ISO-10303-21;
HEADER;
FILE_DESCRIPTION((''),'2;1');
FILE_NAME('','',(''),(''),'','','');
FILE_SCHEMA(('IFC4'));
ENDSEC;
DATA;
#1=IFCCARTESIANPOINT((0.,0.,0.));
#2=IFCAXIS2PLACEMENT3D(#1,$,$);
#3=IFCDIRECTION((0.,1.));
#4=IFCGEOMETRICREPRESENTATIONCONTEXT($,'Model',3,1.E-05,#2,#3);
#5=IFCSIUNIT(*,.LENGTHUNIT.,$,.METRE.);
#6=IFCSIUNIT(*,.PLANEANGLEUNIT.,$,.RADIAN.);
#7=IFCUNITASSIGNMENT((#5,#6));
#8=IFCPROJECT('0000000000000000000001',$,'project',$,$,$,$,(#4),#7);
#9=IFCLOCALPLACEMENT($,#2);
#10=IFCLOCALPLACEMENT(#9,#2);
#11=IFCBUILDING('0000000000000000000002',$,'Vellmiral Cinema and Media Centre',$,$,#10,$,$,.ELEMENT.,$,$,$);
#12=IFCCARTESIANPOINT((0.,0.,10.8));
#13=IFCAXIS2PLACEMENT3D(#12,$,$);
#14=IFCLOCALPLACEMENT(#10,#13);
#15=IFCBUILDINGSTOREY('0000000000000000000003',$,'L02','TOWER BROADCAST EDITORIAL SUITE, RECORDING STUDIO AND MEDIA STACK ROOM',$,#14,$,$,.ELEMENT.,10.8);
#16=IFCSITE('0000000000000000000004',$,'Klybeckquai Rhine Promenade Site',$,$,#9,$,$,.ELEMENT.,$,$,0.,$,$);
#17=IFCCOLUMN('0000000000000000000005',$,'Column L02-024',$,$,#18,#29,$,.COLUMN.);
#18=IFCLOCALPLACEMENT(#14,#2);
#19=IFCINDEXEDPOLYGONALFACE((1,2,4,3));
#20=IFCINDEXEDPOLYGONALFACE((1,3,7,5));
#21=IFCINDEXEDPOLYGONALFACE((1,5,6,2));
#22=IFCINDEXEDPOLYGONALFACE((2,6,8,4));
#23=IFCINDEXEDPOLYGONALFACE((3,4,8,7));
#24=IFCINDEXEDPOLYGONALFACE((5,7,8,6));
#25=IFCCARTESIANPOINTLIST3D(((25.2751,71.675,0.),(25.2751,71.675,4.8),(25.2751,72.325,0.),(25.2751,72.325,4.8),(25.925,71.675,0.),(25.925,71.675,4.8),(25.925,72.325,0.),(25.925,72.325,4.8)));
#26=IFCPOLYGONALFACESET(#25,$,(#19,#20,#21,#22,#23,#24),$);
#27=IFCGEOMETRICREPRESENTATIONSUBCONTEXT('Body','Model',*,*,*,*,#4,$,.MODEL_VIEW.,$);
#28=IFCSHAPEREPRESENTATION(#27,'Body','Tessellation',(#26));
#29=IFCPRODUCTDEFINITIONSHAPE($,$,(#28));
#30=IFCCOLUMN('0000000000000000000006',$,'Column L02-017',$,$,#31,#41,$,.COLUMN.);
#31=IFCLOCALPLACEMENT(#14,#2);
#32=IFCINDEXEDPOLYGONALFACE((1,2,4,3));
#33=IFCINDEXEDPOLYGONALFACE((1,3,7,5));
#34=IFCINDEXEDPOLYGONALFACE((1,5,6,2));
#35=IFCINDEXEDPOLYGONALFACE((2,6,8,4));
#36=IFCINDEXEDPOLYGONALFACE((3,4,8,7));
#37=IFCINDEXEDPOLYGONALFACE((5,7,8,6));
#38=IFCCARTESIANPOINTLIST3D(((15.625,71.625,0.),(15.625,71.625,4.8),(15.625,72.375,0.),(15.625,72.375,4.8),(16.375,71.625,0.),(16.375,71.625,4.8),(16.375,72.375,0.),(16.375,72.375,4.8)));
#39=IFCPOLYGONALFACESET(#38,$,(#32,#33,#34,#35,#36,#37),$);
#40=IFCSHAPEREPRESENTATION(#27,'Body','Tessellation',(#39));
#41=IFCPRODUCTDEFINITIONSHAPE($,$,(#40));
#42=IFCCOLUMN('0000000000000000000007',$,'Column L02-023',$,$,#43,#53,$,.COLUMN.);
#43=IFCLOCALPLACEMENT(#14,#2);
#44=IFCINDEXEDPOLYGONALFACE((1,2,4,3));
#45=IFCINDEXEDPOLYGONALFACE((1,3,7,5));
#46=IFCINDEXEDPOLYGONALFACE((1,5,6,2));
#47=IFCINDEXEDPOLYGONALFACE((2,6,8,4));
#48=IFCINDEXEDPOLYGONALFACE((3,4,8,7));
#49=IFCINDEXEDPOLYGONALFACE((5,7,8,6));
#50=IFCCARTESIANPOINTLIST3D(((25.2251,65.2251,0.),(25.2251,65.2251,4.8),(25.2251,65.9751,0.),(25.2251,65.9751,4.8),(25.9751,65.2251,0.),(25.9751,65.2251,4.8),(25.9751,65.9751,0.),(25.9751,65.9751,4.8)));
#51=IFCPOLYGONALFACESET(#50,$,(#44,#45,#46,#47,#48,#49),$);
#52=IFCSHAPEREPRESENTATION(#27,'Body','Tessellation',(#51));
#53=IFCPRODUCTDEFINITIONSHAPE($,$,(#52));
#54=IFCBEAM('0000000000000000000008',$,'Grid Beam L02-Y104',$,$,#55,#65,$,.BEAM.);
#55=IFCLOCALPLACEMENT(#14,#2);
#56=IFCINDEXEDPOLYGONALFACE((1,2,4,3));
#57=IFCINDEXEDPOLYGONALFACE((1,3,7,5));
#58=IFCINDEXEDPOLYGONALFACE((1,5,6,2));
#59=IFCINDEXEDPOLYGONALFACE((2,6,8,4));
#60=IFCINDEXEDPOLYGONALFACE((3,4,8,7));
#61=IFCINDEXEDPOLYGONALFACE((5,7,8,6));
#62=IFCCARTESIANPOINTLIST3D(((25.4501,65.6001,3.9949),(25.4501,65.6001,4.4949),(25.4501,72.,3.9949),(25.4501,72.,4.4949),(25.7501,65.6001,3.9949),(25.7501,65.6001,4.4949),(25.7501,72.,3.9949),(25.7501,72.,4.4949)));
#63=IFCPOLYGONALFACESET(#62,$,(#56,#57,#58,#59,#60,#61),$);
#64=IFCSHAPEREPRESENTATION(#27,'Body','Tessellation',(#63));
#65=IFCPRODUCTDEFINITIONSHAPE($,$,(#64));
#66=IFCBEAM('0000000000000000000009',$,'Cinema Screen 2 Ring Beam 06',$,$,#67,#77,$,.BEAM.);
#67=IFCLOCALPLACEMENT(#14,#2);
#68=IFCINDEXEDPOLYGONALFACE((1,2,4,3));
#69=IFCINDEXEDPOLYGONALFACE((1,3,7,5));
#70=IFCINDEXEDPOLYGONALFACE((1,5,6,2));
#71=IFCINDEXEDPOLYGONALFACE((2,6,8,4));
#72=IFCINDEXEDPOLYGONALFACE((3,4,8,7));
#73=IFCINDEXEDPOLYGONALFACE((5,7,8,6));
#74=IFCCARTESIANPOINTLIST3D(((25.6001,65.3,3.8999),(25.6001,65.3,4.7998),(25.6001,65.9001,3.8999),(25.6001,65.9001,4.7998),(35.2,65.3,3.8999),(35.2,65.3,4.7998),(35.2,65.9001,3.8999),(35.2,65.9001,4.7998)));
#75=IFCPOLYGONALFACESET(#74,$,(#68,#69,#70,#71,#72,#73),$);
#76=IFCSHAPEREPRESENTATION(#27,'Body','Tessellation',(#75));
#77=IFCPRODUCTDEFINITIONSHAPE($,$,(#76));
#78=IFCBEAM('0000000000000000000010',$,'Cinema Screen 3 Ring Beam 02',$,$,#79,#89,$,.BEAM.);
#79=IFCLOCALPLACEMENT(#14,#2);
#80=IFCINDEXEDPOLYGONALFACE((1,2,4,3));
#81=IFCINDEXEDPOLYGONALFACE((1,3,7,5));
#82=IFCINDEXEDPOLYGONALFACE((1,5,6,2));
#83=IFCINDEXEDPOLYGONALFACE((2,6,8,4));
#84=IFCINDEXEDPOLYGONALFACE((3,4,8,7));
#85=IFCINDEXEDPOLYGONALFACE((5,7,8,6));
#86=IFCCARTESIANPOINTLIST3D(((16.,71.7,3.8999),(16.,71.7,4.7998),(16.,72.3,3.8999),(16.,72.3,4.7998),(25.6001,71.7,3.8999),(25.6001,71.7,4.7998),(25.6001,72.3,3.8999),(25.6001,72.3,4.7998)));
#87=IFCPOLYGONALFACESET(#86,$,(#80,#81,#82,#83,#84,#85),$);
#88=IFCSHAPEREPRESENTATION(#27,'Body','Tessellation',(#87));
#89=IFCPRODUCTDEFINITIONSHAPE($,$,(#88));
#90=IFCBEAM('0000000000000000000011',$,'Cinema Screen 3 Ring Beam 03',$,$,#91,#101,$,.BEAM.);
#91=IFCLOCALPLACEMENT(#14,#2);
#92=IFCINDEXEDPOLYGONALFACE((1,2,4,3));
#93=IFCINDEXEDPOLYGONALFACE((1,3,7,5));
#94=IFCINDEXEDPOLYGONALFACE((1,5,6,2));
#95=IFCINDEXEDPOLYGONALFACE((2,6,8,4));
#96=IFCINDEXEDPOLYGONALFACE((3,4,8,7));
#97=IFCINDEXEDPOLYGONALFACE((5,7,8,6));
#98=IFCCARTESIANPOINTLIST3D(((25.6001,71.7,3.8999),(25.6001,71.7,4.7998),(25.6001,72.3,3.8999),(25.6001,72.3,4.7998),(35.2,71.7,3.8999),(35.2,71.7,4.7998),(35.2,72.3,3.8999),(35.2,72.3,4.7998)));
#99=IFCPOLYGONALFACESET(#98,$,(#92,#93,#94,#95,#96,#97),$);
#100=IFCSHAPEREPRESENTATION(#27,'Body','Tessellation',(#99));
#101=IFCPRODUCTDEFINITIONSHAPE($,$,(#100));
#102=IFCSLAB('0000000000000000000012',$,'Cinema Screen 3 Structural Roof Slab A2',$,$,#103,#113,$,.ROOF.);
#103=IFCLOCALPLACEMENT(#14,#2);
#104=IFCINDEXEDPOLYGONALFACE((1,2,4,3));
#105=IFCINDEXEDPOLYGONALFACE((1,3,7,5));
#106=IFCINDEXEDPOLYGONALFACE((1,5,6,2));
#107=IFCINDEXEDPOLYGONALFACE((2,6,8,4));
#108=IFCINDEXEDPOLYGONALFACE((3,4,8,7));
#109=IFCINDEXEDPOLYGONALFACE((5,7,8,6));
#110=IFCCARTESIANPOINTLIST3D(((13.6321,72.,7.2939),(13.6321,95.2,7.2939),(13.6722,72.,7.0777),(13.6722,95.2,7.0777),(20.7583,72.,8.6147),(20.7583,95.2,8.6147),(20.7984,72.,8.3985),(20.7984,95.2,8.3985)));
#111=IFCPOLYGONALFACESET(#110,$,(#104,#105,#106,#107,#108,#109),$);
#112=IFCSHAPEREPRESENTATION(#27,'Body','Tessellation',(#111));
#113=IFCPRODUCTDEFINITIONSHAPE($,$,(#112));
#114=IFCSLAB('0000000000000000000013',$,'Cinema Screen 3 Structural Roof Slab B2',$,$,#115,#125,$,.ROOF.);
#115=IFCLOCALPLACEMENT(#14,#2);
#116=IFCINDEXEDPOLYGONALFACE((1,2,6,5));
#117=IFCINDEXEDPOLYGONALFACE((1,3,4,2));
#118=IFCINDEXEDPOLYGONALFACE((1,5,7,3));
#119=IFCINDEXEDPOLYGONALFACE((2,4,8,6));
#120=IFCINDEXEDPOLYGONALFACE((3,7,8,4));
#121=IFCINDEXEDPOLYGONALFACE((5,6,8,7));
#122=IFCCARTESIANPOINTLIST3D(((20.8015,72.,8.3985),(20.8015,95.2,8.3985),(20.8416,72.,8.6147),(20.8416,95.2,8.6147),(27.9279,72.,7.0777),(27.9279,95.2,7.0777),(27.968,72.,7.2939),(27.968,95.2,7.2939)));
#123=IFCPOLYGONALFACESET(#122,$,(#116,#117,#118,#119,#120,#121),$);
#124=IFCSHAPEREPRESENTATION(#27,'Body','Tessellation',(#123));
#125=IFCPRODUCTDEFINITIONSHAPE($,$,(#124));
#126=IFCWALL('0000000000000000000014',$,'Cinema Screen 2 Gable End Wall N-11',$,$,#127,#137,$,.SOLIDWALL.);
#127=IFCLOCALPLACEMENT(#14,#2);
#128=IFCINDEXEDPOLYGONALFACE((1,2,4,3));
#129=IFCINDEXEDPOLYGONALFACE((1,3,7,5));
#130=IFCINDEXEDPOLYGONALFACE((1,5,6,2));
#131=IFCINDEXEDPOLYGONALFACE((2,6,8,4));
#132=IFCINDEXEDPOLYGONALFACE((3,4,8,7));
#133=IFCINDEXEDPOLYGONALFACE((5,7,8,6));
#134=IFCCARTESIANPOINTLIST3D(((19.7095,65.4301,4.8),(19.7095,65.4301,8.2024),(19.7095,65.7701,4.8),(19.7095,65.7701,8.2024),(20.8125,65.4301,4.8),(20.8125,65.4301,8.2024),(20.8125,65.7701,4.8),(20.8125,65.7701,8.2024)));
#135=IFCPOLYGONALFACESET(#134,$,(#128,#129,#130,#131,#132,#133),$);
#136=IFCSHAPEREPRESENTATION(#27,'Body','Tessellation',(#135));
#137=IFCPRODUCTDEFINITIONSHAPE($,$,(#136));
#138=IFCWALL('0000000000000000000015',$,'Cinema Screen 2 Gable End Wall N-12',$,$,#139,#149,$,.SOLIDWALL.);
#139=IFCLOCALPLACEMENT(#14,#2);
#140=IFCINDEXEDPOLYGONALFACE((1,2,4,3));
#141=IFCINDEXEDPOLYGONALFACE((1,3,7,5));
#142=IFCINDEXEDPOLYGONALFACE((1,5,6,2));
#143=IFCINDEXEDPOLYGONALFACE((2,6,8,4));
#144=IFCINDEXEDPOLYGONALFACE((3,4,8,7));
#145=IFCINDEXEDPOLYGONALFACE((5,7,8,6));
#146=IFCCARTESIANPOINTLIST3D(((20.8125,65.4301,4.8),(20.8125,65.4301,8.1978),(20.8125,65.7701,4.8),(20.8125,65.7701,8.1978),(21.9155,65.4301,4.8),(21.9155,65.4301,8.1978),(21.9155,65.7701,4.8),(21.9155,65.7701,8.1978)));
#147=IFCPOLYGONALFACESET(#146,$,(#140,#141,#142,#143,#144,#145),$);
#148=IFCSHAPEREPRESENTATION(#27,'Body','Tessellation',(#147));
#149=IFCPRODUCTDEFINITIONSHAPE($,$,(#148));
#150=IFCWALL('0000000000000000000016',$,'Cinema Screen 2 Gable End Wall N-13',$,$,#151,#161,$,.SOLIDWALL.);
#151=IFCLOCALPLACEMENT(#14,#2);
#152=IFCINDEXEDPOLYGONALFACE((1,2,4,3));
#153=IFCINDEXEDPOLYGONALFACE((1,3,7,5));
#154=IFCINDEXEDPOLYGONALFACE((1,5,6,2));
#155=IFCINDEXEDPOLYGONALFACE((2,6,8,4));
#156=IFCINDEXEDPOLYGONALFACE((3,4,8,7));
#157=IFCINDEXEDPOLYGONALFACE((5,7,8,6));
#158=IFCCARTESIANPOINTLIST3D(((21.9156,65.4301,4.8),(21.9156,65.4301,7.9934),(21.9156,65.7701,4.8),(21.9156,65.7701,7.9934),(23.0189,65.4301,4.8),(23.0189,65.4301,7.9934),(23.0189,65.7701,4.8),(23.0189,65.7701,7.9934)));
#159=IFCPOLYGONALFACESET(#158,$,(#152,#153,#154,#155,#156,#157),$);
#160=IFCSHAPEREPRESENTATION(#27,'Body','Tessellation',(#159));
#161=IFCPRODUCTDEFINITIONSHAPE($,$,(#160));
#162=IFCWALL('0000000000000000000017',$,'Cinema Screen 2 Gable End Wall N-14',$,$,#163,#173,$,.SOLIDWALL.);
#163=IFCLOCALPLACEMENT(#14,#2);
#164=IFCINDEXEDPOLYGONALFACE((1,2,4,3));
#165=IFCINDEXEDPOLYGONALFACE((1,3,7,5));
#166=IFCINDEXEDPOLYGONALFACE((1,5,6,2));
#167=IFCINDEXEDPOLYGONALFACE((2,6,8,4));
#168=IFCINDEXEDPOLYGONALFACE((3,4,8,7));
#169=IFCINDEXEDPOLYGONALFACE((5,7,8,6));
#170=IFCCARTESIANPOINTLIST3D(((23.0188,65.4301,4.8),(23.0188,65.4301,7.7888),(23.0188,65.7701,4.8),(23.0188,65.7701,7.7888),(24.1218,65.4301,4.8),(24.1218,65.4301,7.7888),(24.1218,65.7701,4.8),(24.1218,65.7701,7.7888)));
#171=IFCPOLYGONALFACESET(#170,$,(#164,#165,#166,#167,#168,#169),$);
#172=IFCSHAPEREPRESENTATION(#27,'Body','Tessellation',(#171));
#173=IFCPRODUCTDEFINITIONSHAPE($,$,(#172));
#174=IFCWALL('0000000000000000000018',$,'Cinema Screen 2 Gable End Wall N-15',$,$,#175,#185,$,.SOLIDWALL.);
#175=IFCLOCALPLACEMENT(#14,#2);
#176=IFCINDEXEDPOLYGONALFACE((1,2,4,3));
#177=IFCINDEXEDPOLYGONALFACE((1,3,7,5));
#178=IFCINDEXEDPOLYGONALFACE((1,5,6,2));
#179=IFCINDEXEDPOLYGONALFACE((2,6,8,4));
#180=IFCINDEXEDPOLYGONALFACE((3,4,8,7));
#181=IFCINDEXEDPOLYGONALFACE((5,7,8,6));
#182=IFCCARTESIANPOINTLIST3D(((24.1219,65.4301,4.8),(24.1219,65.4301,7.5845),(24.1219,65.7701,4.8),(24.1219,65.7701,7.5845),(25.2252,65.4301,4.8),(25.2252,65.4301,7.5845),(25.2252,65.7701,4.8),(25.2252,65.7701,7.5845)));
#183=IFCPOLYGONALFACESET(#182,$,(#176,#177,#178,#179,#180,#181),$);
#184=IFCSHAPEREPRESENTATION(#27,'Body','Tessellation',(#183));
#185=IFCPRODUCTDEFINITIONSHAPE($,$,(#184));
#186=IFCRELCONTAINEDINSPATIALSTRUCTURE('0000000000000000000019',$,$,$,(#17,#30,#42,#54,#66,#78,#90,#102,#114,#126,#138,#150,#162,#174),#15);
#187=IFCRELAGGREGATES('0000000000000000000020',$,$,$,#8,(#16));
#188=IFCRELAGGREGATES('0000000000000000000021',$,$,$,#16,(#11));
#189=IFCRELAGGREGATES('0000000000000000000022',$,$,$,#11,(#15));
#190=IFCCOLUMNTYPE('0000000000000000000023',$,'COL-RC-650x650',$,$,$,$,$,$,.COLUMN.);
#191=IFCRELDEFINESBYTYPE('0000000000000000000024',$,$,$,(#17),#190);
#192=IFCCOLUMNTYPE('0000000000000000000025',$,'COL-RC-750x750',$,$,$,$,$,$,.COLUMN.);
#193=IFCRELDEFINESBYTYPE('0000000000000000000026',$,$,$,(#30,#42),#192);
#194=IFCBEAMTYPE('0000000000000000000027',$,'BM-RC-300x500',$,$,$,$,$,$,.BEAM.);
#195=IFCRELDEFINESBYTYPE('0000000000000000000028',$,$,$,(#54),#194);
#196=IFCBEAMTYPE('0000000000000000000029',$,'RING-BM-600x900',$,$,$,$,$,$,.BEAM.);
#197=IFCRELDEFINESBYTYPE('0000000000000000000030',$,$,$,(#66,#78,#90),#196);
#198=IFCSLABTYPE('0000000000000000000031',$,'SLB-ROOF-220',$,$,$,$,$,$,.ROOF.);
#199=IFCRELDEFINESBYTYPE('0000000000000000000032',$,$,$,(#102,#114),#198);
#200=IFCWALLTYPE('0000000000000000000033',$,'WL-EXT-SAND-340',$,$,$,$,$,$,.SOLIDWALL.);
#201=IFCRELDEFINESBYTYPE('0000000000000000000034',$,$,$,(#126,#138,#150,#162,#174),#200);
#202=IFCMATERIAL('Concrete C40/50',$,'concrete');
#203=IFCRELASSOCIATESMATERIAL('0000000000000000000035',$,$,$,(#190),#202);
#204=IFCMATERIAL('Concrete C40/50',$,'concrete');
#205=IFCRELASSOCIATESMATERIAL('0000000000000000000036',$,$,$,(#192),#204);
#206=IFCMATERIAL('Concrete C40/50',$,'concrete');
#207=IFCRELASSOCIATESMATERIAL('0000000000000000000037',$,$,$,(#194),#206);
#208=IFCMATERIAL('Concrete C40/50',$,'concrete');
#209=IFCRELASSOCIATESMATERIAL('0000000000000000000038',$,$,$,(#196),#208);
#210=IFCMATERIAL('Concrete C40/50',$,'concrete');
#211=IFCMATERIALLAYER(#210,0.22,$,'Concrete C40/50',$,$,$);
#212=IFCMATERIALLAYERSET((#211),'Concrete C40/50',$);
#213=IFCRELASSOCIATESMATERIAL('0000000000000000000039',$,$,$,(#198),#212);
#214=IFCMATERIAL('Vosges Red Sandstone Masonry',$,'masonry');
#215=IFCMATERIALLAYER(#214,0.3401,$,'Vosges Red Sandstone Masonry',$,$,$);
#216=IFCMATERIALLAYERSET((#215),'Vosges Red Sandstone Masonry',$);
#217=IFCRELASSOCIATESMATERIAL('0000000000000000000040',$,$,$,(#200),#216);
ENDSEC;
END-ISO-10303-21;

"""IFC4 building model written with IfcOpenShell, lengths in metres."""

from ifc_helpers import new_model, si_unit, direction, frame, frame_2d, origin, origin_2d, place, context, subcontext, project, spatial, polyline, rectangle, outline, extrude, material, layer, layer_set, material_profile, profile_set, type_object, element, save


model = new_model("IFC4")

# Units and contexts
model_context = context("Model", 3, precision=1e-05, world=origin(), true_north=direction((0.0, 1.0)))
body_context = subcontext(model_context, "Body", "Model", "MODEL_VIEW")
ifc_project = project(units=[si_unit("LENGTHUNIT", "METRE"), si_unit("PLANEANGLEUNIT", "RADIAN")], contexts=[model_context])

# Site, building, storey
site_placement = place(None, origin())
site = spatial("IfcSite", under=ifc_project, at=site_placement, Name="Klybeckquai Rhine Promenade Site", CompositionType="ELEMENT", RefElevation=0.0)
building_placement = place(site_placement, origin())
building = spatial("IfcBuilding", under=site, at=building_placement, Name="Vellmiral Cinema and Media Centre", CompositionType="ELEMENT")
storey_placement = place(building_placement, frame((0.0, 0.0, 10.8)))
storey = spatial("IfcBuildingStorey", under=building, at=storey_placement, Name="L02", Description="TOWER BROADCAST EDITORIAL SUITE, RECORDING STUDIO AND MEDIA STACK ROOM", CompositionType="ELEMENT", Elevation=10.8)

# Columns
ifc_material_1 = material(Name="Concrete C40/50", Category="concrete")
ifc_material_profile_1 = material_profile(ifc_material_1, rectangle(XDim=0.6499, YDim=0.6499, at=origin_2d()), Name="RC 650x650")
ifc_profile_set_1 = profile_set([ifc_material_profile_1], Name="Concrete C40/50")
column_type_1 = type_object("IfcColumnType", Name="COL-RC-650x650", PredefinedType="COLUMN", material=ifc_profile_set_1)
column_placement = place(storey_placement, frame((25.6001, 72.0, 0.0), z_axis=(0.0, 0.0, 1.0), x_axis=(1.0, 0.0, 0.0)))
element("IfcColumn", 1, at=column_placement, inside=storey, type_object=column_type_1, Name="Column L02-024", PredefinedType="COLUMN", context=body_context, shape_type="SweptSolid", body=[
    extrude(rectangle(XDim=0.6499, YDim=0.6499, at=origin_2d()), origin(), (0.0, 0.0, 1.0), 4.8),
])
ifc_material_2 = material(Name="Concrete C40/50", Category="concrete")
ifc_material_profile_2 = material_profile(ifc_material_2, rectangle(XDim=0.75, YDim=0.75, at=origin_2d()), Name="RC 750x750")
ifc_profile_set_2 = profile_set([ifc_material_profile_2], Name="Concrete C40/50")
column_type_2 = type_object("IfcColumnType", Name="COL-RC-750x750", PredefinedType="COLUMN", material=ifc_profile_set_2)
for number, where, z_axis, x_axis, name in (
    (2, (16.0, 72.0, 0.0), (0.0, 0.0, 1.0), (1.0, 0.0, 0.0), "Column L02-017"),
    (3, (25.6001, 65.6001, 0.0), (0.0, 0.0, 1.0), (1.0, 0.0, 0.0), "Column L02-023"),
):
    element("IfcColumn", number, at=place(storey_placement, frame(where, z_axis=z_axis, x_axis=x_axis)), inside=storey, type_object=column_type_2, Name=name, PredefinedType="COLUMN", context=body_context, shape_type="SweptSolid", body=[
        extrude(rectangle(XDim=0.75, YDim=0.75, at=origin_2d()), origin(), (0.0, 0.0, 1.0), 4.8),
    ])

# Beams
ifc_material_3 = material(Name="Concrete C40/50", Category="concrete")
ifc_material_profile_3 = material_profile(ifc_material_3, rectangle(XDim=0.3, YDim=0.5, at=origin_2d()), Name="RC 300x500")
ifc_profile_set_3 = profile_set([ifc_material_profile_3], Name="Concrete C40/50")
beam_type_1 = type_object("IfcBeamType", Name="BM-RC-300x500", PredefinedType="BEAM", material=ifc_profile_set_3)
beam_1_placement = place(storey_placement, frame((25.6001, 65.6001, 4.2449), z_axis=(0.0, 1.0, 0.0), x_axis=(-1.0, 0.0, 0.0)))
element("IfcBeam", 4, at=beam_1_placement, inside=storey, type_object=beam_type_1, Name="Grid Beam L02-Y104", PredefinedType="BEAM", context=body_context, shape_type="SweptSolid", body=[
    extrude(rectangle(XDim=0.3, YDim=0.5, at=origin_2d()), origin(), (0.0, 0.0, 1.0), 6.3999),
])
ifc_material_4 = material(Name="Concrete C40/50", Category="concrete")
ifc_material_profile_4 = material_profile(ifc_material_4, rectangle(XDim=0.6001, YDim=0.8999, at=origin_2d()), Name="RC 600x900")
ifc_profile_set_4 = profile_set([ifc_material_profile_4], Name="Concrete C40/50")
beam_type_2 = type_object("IfcBeamType", Name="RING-BM-600x900", PredefinedType="BEAM", material=ifc_profile_set_4)
beam_2_placement = place(storey_placement, frame((25.6001, 65.6001, 4.3499), z_axis=(1.0, 0.0, 0.0), x_axis=(0.0, 1.0, 0.0)))
element("IfcBeam", 5, at=beam_2_placement, inside=storey, type_object=beam_type_2, Name="Cinema Screen 2 Ring Beam 06", PredefinedType="BEAM", context=body_context, shape_type="SweptSolid", body=[
    extrude(rectangle(XDim=0.6001, YDim=0.8999, at=origin_2d()), origin(), (0.0, 0.0, 1.0), 9.5999),
])
beam_3_placement = place(storey_placement, frame((16.0, 72.0, 4.3499), z_axis=(1.0, 0.0, 0.0), x_axis=(0.0, 1.0, 0.0)))
element("IfcBeam", 6, at=beam_3_placement, inside=storey, type_object=beam_type_2, Name="Cinema Screen 3 Ring Beam 02", PredefinedType="BEAM", context=body_context, shape_type="SweptSolid", body=[
    extrude(rectangle(XDim=0.6001, YDim=0.8999, at=origin_2d()), origin(), (0.0, 0.0, 1.0), 9.6001),
])
beam_4_placement = place(storey_placement, frame((25.6001, 72.0, 4.3499), z_axis=(1.0, 0.0, 0.0), x_axis=(0.0, 1.0, 0.0)))
element("IfcBeam", 7, at=beam_4_placement, inside=storey, type_object=beam_type_2, Name="Cinema Screen 3 Ring Beam 03", PredefinedType="BEAM", context=body_context, shape_type="SweptSolid", body=[
    extrude(rectangle(XDim=0.6001, YDim=0.8999, at=origin_2d()), origin(), (0.0, 0.0, 1.0), 9.5999),
])

# Slabs
ifc_material_5 = material(Name="Concrete C40/50", Category="concrete")
ifc_layer_1 = layer(ifc_material_5, 0.22, Name="Concrete C40/50")
ifc_layer_set_1 = layer_set([ifc_layer_1], Name="Concrete C40/50")
slab_type = type_object("IfcSlabType", Name="SLB-ROOF-220", PredefinedType="ROOF", material=ifc_layer_set_1)
slab_1_placement = place(storey_placement, frame((13.6321, 72.0, 7.2939), z_axis=(-0.18224, 0.0, 0.983254), x_axis=(0.983254, 0.0, 0.18224)))
element("IfcSlab", 8, at=slab_1_placement, inside=storey, type_object=slab_type, Name="Cinema Screen 3 Structural Roof Slab A2", PredefinedType="ROOF", context=body_context, shape_type="SweptSolid", body=[
    extrude(outline(polyline([(0.0, 0.0), (7.2476, 0.0), (7.2476, 23.2), (0.0, 23.2), (0.0, 0.0)])), origin(), (0.0, 0.0, -1.0), 0.22),
])
slab_2_placement = place(storey_placement, frame((20.8416, 72.0, 8.6147), z_axis=(0.182234, 0.0, 0.983255), x_axis=(0.983255, 0.0, -0.182234)))
element("IfcSlab", 9, at=slab_2_placement, inside=storey, type_object=slab_type, Name="Cinema Screen 3 Structural Roof Slab B2", PredefinedType="ROOF", context=body_context, shape_type="SweptSolid", body=[
    extrude(outline(polyline([(0.0, 0.0), (7.2478, 0.0), (7.2478, 23.2), (0.0, 23.2), (0.0, 0.0)])), origin(), (0.0, 0.0, -1.0), 0.22),
])

# Walls
ifc_material_6 = material(Name="Vosges Red Sandstone Masonry", Category="masonry")
ifc_layer_2 = layer(ifc_material_6, 0.3401, Name="Vosges Red Sandstone Masonry")
ifc_layer_set_2 = layer_set([ifc_layer_2], Name="Vosges Red Sandstone Masonry")
wall_type = type_object("IfcWallType", Name="WL-EXT-SAND-340", PredefinedType="SOLIDWALL", material=ifc_layer_set_2)
wall_1_placement = place(storey_placement, frame((19.7095, 65.6001, 4.8), z_axis=(0.0, 0.0, 1.0), x_axis=(1.0, 0.0, 0.0)))
element("IfcWall", 10, at=wall_1_placement, inside=storey, type_object=wall_type, Name="Cinema Screen 2 Gable End Wall N-11", PredefinedType="SOLIDWALL", context=body_context, shape_type="SweptSolid", body=[
    extrude(rectangle(XDim=1.103, YDim=0.3401, at=frame_2d((0.5515, 0.0))), origin(), (0.0, 0.0, 1.0), 3.4023),
])
wall_2_placement = place(storey_placement, frame((20.8125, 65.6001, 4.8), z_axis=(0.0, 0.0, 1.0), x_axis=(1.0, 0.0, 0.0)))
element("IfcWall", 11, at=wall_2_placement, inside=storey, type_object=wall_type, Name="Cinema Screen 2 Gable End Wall N-12", PredefinedType="SOLIDWALL", context=body_context, shape_type="SweptSolid", body=[
    extrude(rectangle(XDim=1.103, YDim=0.3401, at=frame_2d((0.5515, 0.0))), origin(), (0.0, 0.0, 1.0), 3.3977),
])
wall_3_placement = place(storey_placement, frame((21.9155, 65.6001, 4.8), z_axis=(0.0, 0.0, 1.0), x_axis=(1.0, 0.0, 0.0)))
element("IfcWall", 12, at=wall_3_placement, inside=storey, type_object=wall_type, Name="Cinema Screen 2 Gable End Wall N-13", PredefinedType="SOLIDWALL", context=body_context, shape_type="SweptSolid", body=[
    extrude(rectangle(XDim=1.1033, YDim=0.3401, at=frame_2d((0.5518, 0.0))), origin(), (0.0, 0.0, 1.0), 3.1934),
])
wall_4_placement = place(storey_placement, frame((23.0188, 65.6001, 4.8), z_axis=(0.0, 0.0, 1.0), x_axis=(1.0, 0.0, 0.0)))
element("IfcWall", 13, at=wall_4_placement, inside=storey, type_object=wall_type, Name="Cinema Screen 2 Gable End Wall N-14", PredefinedType="SOLIDWALL", context=body_context, shape_type="SweptSolid", body=[
    extrude(rectangle(XDim=1.103, YDim=0.3401, at=frame_2d((0.5515, 0.0))), origin(), (0.0, 0.0, 1.0), 2.9888),
])
wall_5_placement = place(storey_placement, frame((24.1218, 65.6001, 4.8), z_axis=(0.0, 0.0, 1.0), x_axis=(1.0, 0.0, 0.0)))
element("IfcWall", 14, at=wall_5_placement, inside=storey, type_object=wall_type, Name="Cinema Screen 2 Gable End Wall N-15", PredefinedType="SOLIDWALL", context=body_context, shape_type="SweptSolid", body=[
    extrude(rectangle(XDim=1.1033, YDim=0.3401, at=frame_2d((0.5518, 0.0))), origin(), (0.0, 0.0, 1.0), 2.7844),
])

save(model, "model.ifc")
